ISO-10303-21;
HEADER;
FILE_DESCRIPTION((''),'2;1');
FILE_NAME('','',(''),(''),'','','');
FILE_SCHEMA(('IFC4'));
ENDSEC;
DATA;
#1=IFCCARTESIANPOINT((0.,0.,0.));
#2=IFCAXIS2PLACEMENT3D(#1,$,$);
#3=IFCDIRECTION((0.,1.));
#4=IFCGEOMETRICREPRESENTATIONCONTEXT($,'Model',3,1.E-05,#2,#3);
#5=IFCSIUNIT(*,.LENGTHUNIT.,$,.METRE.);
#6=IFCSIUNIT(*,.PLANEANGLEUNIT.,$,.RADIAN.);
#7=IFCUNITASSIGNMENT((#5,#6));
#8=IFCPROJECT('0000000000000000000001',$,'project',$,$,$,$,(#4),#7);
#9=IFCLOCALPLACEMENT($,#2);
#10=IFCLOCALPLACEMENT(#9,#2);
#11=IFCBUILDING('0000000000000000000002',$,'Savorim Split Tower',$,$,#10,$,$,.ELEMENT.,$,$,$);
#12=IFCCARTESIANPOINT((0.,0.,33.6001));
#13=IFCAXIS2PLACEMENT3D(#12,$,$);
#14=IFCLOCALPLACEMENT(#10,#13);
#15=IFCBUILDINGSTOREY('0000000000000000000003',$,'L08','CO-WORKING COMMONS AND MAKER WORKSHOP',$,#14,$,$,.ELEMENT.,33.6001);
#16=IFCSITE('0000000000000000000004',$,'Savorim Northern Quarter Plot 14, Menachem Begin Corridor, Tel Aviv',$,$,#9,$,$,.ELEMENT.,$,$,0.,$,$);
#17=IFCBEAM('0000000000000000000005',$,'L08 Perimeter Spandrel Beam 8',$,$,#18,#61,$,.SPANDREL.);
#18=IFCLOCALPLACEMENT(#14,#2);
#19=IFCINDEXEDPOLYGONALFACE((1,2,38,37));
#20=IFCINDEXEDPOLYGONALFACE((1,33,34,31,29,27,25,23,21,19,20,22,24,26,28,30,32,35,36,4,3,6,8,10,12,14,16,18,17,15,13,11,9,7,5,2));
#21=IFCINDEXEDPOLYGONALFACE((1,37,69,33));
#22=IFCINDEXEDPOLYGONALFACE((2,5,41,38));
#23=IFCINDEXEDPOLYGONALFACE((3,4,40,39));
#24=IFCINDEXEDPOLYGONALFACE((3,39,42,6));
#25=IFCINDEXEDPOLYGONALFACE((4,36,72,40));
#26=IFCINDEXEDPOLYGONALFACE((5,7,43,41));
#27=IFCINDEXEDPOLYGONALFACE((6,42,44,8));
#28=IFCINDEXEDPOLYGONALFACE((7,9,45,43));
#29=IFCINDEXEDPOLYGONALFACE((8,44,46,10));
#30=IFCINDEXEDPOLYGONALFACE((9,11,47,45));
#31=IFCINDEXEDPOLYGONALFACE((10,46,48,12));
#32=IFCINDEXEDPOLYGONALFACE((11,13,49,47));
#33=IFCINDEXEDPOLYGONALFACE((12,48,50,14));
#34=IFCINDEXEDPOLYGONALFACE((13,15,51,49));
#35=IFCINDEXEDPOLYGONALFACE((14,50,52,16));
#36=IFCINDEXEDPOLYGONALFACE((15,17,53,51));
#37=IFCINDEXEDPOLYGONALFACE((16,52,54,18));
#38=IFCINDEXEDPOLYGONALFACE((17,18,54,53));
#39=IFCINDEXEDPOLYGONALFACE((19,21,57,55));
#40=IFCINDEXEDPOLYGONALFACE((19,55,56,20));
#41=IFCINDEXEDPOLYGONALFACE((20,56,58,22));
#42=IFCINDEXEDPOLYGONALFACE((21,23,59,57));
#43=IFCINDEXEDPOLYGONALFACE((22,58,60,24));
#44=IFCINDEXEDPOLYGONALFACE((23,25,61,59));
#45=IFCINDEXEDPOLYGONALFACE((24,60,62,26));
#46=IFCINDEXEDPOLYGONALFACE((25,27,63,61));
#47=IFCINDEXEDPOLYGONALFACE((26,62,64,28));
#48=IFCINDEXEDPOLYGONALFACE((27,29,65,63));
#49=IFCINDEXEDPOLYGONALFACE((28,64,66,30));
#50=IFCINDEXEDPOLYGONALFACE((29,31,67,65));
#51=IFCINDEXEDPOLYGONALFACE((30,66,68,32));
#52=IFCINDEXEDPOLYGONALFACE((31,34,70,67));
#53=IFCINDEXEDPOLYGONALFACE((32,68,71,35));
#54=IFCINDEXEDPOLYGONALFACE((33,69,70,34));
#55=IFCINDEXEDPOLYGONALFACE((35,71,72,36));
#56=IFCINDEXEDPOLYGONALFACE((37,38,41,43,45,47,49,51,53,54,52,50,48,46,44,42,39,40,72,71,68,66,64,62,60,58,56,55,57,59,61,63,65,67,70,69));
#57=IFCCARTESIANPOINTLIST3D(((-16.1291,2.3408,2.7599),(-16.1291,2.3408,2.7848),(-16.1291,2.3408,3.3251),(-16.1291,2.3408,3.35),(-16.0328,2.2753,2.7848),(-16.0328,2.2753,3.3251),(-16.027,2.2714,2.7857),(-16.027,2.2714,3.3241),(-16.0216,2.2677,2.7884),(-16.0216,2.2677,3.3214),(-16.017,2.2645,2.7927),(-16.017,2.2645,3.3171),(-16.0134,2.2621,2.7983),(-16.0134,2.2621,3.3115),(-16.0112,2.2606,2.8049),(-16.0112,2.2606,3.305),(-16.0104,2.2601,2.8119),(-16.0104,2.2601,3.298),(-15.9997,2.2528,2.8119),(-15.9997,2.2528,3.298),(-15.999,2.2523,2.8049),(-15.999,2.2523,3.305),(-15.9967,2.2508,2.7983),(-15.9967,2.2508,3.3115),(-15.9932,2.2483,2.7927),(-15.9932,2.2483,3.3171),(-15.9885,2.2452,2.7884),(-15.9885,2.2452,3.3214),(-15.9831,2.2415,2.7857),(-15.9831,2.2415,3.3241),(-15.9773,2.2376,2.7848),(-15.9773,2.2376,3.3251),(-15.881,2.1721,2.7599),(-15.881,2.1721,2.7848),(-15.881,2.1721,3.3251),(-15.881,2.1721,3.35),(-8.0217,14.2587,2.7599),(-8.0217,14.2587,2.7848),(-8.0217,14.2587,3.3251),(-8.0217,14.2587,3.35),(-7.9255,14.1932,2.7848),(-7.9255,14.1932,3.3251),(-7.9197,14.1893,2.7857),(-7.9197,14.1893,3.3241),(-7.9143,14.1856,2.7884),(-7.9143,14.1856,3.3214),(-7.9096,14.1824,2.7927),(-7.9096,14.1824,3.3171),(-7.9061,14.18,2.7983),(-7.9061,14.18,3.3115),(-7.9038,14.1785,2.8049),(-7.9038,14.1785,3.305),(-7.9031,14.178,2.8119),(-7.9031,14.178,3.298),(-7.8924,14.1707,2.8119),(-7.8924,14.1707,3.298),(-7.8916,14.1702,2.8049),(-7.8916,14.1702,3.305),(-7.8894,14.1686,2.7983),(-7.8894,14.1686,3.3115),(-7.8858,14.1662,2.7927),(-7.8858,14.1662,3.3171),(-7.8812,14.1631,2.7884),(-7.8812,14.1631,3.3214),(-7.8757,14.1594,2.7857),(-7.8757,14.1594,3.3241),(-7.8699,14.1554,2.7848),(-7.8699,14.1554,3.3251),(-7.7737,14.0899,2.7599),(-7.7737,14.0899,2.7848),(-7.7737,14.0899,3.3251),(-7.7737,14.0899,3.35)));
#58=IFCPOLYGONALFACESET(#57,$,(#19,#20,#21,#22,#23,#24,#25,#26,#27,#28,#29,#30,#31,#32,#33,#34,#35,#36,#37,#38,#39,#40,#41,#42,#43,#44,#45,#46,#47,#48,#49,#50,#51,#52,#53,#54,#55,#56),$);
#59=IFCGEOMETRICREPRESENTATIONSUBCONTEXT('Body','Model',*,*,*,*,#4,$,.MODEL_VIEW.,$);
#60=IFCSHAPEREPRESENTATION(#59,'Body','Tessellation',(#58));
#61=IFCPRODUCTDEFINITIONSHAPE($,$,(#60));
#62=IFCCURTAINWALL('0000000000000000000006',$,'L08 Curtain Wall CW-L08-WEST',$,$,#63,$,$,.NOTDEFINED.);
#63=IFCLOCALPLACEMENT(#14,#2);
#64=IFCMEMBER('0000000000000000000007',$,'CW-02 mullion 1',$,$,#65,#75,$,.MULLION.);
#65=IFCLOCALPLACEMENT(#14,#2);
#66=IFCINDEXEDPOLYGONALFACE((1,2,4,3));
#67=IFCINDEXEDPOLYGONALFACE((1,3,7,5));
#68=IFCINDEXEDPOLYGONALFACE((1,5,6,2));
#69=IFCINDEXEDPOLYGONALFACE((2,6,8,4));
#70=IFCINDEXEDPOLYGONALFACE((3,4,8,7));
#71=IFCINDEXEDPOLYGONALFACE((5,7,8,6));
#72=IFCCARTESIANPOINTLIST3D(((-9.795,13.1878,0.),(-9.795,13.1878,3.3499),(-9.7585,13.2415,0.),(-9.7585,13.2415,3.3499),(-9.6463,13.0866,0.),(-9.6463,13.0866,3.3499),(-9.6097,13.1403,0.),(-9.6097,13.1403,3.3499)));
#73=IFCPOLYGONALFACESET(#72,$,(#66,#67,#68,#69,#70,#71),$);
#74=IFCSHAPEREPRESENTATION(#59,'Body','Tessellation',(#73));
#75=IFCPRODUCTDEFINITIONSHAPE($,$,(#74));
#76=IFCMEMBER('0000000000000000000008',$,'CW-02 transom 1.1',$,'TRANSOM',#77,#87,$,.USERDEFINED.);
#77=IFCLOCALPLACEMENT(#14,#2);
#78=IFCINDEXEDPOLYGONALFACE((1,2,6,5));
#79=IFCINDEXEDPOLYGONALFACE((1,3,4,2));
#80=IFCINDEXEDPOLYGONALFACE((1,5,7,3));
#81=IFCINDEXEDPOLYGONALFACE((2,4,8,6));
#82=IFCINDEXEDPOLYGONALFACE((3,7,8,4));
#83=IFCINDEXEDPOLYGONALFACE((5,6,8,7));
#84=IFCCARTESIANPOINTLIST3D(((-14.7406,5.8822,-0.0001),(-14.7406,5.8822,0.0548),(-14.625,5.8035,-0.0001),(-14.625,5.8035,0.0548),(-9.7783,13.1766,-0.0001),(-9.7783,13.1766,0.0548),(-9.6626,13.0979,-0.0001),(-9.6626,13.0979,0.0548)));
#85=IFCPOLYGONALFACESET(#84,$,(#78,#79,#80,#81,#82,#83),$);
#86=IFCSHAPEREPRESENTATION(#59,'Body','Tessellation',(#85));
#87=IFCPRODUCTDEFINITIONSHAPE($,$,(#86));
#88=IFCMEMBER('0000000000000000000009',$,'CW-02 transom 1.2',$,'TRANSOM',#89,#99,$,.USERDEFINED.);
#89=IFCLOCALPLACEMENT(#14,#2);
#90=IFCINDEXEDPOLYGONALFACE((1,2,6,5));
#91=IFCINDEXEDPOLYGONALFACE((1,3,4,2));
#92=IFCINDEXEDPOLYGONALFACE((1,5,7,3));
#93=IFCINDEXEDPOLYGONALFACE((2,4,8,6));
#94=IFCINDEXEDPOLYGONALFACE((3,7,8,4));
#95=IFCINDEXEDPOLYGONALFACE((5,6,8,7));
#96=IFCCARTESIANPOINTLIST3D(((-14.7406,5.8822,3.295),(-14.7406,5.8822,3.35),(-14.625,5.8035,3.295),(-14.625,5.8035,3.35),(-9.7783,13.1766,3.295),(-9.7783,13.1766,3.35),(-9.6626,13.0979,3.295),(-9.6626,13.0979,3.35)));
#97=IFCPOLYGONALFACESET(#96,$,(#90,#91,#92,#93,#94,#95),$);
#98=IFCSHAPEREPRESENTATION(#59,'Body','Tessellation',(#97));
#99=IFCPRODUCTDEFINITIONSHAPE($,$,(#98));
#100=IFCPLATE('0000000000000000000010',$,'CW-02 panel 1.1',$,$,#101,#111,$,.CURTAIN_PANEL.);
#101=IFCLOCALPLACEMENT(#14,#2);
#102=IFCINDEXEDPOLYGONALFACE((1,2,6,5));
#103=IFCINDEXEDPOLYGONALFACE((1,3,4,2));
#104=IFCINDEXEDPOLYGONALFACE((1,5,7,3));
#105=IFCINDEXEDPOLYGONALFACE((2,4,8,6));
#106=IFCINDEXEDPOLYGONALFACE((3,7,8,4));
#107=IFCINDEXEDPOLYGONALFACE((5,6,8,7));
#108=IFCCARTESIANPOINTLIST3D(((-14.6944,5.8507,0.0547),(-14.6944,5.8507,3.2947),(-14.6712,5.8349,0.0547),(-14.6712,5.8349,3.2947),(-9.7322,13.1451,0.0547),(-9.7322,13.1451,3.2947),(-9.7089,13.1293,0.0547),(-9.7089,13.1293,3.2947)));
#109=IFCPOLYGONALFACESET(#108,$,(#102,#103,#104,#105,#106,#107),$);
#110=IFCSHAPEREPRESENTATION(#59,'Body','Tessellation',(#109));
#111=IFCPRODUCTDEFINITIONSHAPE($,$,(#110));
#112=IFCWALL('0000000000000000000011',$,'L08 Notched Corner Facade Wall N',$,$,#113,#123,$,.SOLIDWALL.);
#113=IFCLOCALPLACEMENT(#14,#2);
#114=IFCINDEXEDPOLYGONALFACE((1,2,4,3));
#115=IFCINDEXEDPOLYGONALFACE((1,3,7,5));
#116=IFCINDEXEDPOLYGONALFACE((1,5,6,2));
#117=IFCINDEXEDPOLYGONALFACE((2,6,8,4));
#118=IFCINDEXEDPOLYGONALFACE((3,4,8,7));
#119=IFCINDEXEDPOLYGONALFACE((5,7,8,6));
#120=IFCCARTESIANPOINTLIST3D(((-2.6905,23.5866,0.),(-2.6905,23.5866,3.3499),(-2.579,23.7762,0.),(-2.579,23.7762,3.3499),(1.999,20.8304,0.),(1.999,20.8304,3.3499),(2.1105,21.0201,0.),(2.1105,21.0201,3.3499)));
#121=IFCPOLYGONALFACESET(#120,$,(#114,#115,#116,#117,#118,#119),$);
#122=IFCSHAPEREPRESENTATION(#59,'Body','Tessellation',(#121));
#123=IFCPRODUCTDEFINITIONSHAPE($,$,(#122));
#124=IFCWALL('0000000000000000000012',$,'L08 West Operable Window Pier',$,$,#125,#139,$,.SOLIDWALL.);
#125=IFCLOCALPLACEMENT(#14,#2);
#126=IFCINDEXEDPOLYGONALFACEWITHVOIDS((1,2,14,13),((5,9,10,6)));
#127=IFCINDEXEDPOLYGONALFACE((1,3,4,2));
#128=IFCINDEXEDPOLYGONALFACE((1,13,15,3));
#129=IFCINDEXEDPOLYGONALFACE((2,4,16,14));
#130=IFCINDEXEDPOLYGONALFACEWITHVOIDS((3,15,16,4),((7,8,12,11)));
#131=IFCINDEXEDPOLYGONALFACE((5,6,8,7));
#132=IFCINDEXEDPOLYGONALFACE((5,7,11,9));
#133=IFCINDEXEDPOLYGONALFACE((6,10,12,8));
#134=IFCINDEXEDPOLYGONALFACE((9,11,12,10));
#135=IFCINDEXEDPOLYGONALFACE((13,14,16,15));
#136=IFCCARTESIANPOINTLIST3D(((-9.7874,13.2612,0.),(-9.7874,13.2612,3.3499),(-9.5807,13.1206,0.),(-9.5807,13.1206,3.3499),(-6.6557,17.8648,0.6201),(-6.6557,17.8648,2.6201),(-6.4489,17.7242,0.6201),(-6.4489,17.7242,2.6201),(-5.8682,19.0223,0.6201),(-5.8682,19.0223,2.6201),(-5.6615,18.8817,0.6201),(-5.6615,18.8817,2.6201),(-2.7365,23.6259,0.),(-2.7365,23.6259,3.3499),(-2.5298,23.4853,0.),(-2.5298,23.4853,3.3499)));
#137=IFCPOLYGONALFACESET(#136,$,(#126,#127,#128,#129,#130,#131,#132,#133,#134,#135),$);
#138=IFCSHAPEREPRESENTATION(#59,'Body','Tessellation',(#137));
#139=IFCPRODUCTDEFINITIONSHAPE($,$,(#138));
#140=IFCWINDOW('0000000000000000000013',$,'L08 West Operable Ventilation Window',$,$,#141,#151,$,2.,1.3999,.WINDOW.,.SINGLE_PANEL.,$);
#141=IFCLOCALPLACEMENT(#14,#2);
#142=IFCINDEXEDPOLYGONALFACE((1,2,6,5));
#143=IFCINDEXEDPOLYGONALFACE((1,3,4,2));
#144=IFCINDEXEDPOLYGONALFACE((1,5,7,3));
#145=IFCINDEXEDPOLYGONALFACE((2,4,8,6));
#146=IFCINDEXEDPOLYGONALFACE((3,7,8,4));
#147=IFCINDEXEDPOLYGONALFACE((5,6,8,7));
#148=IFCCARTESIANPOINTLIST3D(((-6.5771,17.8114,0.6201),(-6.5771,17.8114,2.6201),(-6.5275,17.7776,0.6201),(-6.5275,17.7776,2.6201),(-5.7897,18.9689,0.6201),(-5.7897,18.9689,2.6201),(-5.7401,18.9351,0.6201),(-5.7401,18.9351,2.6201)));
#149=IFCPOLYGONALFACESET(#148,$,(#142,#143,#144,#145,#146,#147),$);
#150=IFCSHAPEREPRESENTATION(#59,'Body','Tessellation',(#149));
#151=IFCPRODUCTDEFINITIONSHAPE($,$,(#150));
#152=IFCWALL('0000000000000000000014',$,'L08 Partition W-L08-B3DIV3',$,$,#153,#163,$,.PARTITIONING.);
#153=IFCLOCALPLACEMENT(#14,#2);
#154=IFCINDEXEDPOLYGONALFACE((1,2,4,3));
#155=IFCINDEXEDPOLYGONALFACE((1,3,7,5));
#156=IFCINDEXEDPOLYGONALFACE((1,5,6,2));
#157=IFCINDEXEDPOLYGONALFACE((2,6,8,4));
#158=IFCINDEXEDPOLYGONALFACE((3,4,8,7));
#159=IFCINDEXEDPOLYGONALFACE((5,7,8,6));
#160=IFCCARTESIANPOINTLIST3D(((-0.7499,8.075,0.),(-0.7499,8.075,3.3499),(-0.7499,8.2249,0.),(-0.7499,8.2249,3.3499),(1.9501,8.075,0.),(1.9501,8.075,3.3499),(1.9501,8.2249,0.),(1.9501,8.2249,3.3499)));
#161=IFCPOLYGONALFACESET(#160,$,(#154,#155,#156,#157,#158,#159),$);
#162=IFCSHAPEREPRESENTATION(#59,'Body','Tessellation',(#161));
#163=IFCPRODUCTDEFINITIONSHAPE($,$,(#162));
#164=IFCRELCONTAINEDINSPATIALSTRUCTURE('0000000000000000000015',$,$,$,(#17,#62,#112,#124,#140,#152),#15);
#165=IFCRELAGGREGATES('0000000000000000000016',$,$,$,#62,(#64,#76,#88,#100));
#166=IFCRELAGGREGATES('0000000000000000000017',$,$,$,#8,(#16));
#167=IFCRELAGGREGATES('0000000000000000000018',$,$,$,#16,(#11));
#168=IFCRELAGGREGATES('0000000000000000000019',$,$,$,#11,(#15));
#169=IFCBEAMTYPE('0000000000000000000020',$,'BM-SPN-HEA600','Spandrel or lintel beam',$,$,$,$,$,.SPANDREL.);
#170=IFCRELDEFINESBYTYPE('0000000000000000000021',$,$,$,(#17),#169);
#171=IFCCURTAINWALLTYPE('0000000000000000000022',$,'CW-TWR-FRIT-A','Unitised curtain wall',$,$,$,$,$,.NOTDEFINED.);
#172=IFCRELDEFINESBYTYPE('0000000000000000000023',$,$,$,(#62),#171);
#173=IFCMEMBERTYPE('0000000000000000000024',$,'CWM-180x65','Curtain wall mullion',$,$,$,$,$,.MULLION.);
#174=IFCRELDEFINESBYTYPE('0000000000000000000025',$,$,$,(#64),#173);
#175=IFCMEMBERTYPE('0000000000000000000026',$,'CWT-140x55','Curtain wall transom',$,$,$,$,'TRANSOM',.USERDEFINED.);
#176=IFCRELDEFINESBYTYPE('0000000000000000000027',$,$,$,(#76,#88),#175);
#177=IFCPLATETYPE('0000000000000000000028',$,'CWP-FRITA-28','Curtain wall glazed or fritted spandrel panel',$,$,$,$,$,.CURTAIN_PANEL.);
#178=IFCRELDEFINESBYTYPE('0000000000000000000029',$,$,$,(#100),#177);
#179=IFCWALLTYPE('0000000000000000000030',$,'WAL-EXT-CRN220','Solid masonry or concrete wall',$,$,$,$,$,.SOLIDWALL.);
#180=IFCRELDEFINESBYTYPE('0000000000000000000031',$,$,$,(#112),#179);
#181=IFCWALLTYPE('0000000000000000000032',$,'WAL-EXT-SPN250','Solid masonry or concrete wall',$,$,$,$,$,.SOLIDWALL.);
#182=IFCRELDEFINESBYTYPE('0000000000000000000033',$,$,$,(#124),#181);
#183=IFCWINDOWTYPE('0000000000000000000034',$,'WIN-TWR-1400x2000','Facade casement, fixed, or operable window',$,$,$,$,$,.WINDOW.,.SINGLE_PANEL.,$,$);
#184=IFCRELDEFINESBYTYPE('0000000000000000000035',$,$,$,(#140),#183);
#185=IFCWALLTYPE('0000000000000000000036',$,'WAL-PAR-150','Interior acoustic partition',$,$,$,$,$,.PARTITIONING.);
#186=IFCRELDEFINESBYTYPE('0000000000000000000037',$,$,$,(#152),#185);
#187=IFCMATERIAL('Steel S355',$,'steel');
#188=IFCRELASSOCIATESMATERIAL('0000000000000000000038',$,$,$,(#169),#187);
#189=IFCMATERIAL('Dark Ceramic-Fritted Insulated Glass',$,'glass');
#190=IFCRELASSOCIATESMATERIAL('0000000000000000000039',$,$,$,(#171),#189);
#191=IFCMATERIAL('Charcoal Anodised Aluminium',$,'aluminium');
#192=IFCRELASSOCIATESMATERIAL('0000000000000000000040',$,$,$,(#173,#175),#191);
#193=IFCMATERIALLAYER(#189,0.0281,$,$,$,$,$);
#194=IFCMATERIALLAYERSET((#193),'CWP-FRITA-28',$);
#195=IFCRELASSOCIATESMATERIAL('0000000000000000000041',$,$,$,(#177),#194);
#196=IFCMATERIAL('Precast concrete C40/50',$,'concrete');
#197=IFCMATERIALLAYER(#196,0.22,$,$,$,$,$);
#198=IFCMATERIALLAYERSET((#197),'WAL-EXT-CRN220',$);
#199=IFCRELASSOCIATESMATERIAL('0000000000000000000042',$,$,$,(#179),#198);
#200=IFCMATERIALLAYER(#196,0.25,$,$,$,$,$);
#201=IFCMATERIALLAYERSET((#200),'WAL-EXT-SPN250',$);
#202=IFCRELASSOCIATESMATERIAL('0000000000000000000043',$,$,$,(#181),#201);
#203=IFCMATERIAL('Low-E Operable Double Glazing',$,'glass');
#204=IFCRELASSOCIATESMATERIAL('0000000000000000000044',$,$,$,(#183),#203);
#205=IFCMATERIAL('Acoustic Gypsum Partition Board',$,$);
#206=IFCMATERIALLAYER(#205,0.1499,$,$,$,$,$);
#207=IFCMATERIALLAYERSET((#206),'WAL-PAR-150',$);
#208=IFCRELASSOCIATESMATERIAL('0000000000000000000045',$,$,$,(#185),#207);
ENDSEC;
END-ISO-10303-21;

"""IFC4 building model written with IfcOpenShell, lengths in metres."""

from ifc_helpers import new_model, si_unit, direction, frame, frame_2d, origin, origin_2d, place, context, subcontext, project, spatial, rectangle, i_section, extrude, material, layer, layer_set, material_profile, profile_set, type_object, element, fill, aggregate, save


model = new_model("IFC4")

# Units and contexts
model_context = context("Model", 3, precision=1e-05, world=origin(), true_north=direction((0.0, 1.0)))
body_context = subcontext(model_context, "Body", "Model", "MODEL_VIEW")
ifc_project = project(units=[si_unit("LENGTHUNIT", "METRE"), si_unit("PLANEANGLEUNIT", "RADIAN")], contexts=[model_context])

# Site, building, storey
site_placement = place(None, origin())
site = spatial("IfcSite", under=ifc_project, at=site_placement, Name="Savorim Northern Quarter Plot 14, Menachem Begin Corridor, Tel Aviv", CompositionType="ELEMENT", RefElevation=0.0)
building_placement = place(site_placement, origin())
building = spatial("IfcBuilding", under=site, at=building_placement, Name="Savorim Split Tower", CompositionType="ELEMENT")
storey_placement = place(building_placement, frame((0.0, 0.0, 33.6001)))
storey = spatial("IfcBuildingStorey", under=building, at=storey_placement, Name="L08", Description="CO-WORKING COMMONS AND MAKER WORKSHOP", CompositionType="ELEMENT", Elevation=33.6001)

# Beam
ifc_material_1 = material(Name="Steel S355", Category="steel")
ifc_material_profile_1 = material_profile(ifc_material_1, i_section(OverallWidth=0.3, OverallDepth=0.5901, WebThickness=0.0129, FlangeThickness=0.0249, FilletRadius=0.0271, at=origin_2d()), Name="HEA 600")
ifc_profile_set_1 = profile_set([ifc_material_profile_1], Name="Steel S355")
beam_type_1 = type_object("IfcBeamType", Name="BM-SPN-HEA600", Description="Spandrel or lintel beam", PredefinedType="SPANDREL", material=ifc_profile_set_1)
beam_1_placement = place(storey_placement, frame((-7.8977, 14.1743, 3.0549), z_axis=(-0.562462, -0.826823, 0.0), x_axis=(0.826823, -0.562462, 0.0)))
element("IfcBeam", 1, at=beam_1_placement, inside=storey, type_object=beam_type_1, Name="L08 Perimeter Spandrel Beam 8", PredefinedType="SPANDREL", context=body_context, shape_type="SweptSolid", body=[
    extrude(i_section(OverallWidth=0.3, OverallDepth=0.5901, WebThickness=0.0129, FlangeThickness=0.0249, FilletRadius=0.0271, at=origin_2d()), origin(), (0.0, 0.0, 1.0), 14.4141),
])

# Curtain wall, members, plate
ifc_material_2 = material(Name="Dark Ceramic-Fritted Insulated Glass", Category="glass")
curtain_wall_type = type_object("IfcCurtainWallType", Name="CW-TWR-FRIT-A", Description="Unitised curtain wall", PredefinedType="NOTDEFINED", material=ifc_material_2)
curtain_wall_placement = place(storey_placement, origin())
curtain_wall = element("IfcCurtainWall", 2, at=curtain_wall_placement, inside=storey, type_object=curtain_wall_type, Name="L08 Curtain Wall CW-L08-WEST", PredefinedType="NOTDEFINED")
ifc_material_3 = material(Name="Charcoal Anodised Aluminium", Category="aluminium")
ifc_material_profile_2 = material_profile(ifc_material_3, rectangle(XDim=0.1799, YDim=0.0649, at=origin_2d()), Name="ALU-M 180x65")
ifc_profile_set_2 = profile_set([ifc_material_profile_2], Name="Charcoal Anodised Aluminium")
member_type_1 = type_object("IfcMemberType", Name="CWM-180x65", Description="Curtain wall mullion", PredefinedType="MULLION", material=ifc_profile_set_2)
member_1_placement = place(storey_placement, frame((-9.7024, 13.1641, 0.0), z_axis=(0.0, 0.0, 1.0), x_axis=(0.826821, -0.562465, 0.0)))
member_1 = element("IfcMember", 3, at=member_1_placement, type_object=member_type_1, Name="CW-02 mullion 1", PredefinedType="MULLION", context=body_context, shape_type="SweptSolid", body=[
    extrude(rectangle(XDim=0.1799, YDim=0.0649, at=origin_2d()), origin(), (0.0, 0.0, 1.0), 3.3499),
])
ifc_material_profile_3 = material_profile(ifc_material_3, rectangle(XDim=0.1399, YDim=0.0549, at=origin_2d()), Name="ALU-T 140x55")
ifc_profile_set_3 = profile_set([ifc_material_profile_3], Name="Charcoal Anodised Aluminium")
member_type_2 = type_object("IfcMemberType", Name="CWT-140x55", Description="Curtain wall transom", ElementType="TRANSOM", PredefinedType="USERDEFINED", material=ifc_profile_set_3)
member_2_placement = place(storey_placement, frame((-9.7205, 13.1372, 0.0273), z_axis=(-0.56248, -0.826811, 0.0), x_axis=(0.826811, -0.56248, 0.0)))
member_2 = element("IfcMember", 4, at=member_2_placement, type_object=member_type_2, Name="CW-02 transom 1.1", ObjectType="TRANSOM", PredefinedType="USERDEFINED", context=body_context, shape_type="SweptSolid", body=[
    extrude(rectangle(XDim=0.1399, YDim=0.0549, at=origin_2d()), origin(), (0.0, 0.0, 1.0), 8.8223),
])
member_3_placement = place(storey_placement, frame((-9.7205, 13.1372, 3.3225), z_axis=(-0.56248, -0.826811, 0.0), x_axis=(0.826811, -0.56248, 0.0)))
member_3 = element("IfcMember", 5, at=member_3_placement, type_object=member_type_2, Name="CW-02 transom 1.2", ObjectType="TRANSOM", PredefinedType="USERDEFINED", context=body_context, shape_type="SweptSolid", body=[
    extrude(rectangle(XDim=0.1399, YDim=0.0549, at=origin_2d()), origin(), (0.0, 0.0, 1.0), 8.8223),
])
ifc_layer_1 = layer(ifc_material_2, 0.0281)
ifc_layer_set_1 = layer_set([ifc_layer_1], Name="CWP-FRITA-28")
plate_type = type_object("IfcPlateType", Name="CWP-FRITA-28", Description="Curtain wall glazed or fritted spandrel panel", PredefinedType="CURTAIN_PANEL", material=ifc_layer_set_1)
plate_placement = place(storey_placement, frame((-12.2017, 9.49, 0.0547), z_axis=(0.0, 0.0, 1.0), x_axis=(-0.562465, -0.826821, 0.0)))
plate = element("IfcPlate", 6, at=plate_placement, type_object=plate_type, Name="CW-02 panel 1.1", PredefinedType="CURTAIN_PANEL", context=body_context, shape_type="SweptSolid", body=[
    extrude(rectangle(XDim=8.8223, YDim=0.0281, at=origin_2d()), origin(), (0.0, 0.0, 1.0), 3.24),
])
aggregate(curtain_wall, [member_1, member_2, member_3, plate])

# Wall
ifc_material_4 = material(Name="Precast concrete C40/50", Category="concrete")
ifc_layer_2 = layer(ifc_material_4, 0.22)
ifc_layer_set_2 = layer_set([ifc_layer_2], Name="WAL-EXT-CRN220")
wall_type_1 = type_object("IfcWallType", Name="WAL-EXT-CRN220", Description="Solid masonry or concrete wall", PredefinedType="SOLIDWALL", material=ifc_layer_set_2)
wall_1_placement = place(storey_placement, frame((-2.6348, 23.6814, 0.0), z_axis=(0.0, 0.0, 1.0), x_axis=(0.862127, -0.506693, 0.0)))
element("IfcWall", 7, at=wall_1_placement, inside=storey, type_object=wall_type_1, Name="L08 Notched Corner Facade Wall N", PredefinedType="SOLIDWALL", context=body_context, shape_type="SweptSolid", body=[
    extrude(rectangle(XDim=5.4395, YDim=0.22, at=frame_2d((2.7197, 0.0))), origin(), (0.0, 0.0, 1.0), 3.3499),
])

# Wall, opening, window
ifc_layer_3 = layer(ifc_material_4, 0.25)
ifc_layer_set_3 = layer_set([ifc_layer_3], Name="WAL-EXT-SPN250")
wall_type_2 = type_object("IfcWallType", Name="WAL-EXT-SPN250", Description="Solid masonry or concrete wall", PredefinedType="SOLIDWALL", material=ifc_layer_set_3)
wall_2_placement = place(storey_placement, frame((-9.6841, 13.1909, 0.0), z_axis=(0.0, 0.0, 1.0), x_axis=(0.562474, 0.826815, 0.0)))
wall_2 = element("IfcWall", 8, at=wall_2_placement, inside=storey, type_object=wall_type_2, Name="L08 West Operable Window Pier", PredefinedType="SOLIDWALL", context=body_context, shape_type="SweptSolid", body=[
    extrude(rectangle(XDim=12.5356, YDim=0.25, at=frame_2d((6.2678, 0.0))), origin(), (0.0, 0.0, 1.0), 3.3499),
])
opening_1_placement = place(wall_2_placement, frame((5.5679, 0.0, 0.6201)))
opening_1 = element("IfcOpeningElement", 9, at=opening_1_placement, cuts=wall_2, PredefinedType="OPENING", context=body_context, shape_type="SweptSolid", body=[
    extrude(rectangle(XDim=1.3999, YDim=2.0, at=frame_2d((0.7, 1.0))), frame((0.0, 0.135, 0.0), z_axis=(0.0, -1.0, 0.0), x_axis=(1.0, 0.0, 0.0)), (0.0, 0.0, 1.0), 0.27),
])
ifc_material_5 = material(Name="Low-E Operable Double Glazing", Category="glass")
window_type = type_object("IfcWindowType", Name="WIN-TWR-1400x2000", Description="Facade casement, fixed, or operable window", PartitioningType="SINGLE_PANEL", PredefinedType="WINDOW", material=ifc_material_5)
window_placement = place(opening_1_placement, origin())
window = element("IfcWindow", 10, at=window_placement, inside=storey, type_object=window_type, Name="L08 West Operable Ventilation Window", OverallHeight=2.0, OverallWidth=1.3999, PartitioningType="SINGLE_PANEL", PredefinedType="WINDOW", context=body_context, shape_type="SweptSolid", body=[
    extrude(rectangle(XDim=1.3999, YDim=2.0, at=frame_2d((0.7, 1.0))), frame((0.0, 0.03, 0.0), z_axis=(0.0, -1.0, 0.0), x_axis=(1.0, 0.0, 0.0)), (0.0, 0.0, 1.0), 0.0601),
])
fill(opening_1, window)

# Wall
ifc_material_6 = material(Name="Acoustic Gypsum Partition Board")
ifc_layer_4 = layer(ifc_material_6, 0.1499)
ifc_layer_set_4 = layer_set([ifc_layer_4], Name="WAL-PAR-150")
wall_type_3 = type_object("IfcWallType", Name="WAL-PAR-150", Description="Interior acoustic partition", PredefinedType="PARTITIONING", material=ifc_layer_set_4)
wall_3_placement = place(storey_placement, frame((-0.75, 8.1499, 0.0), z_axis=(0.0, 0.0, 1.0), x_axis=(1.0, 0.0, 0.0)))
element("IfcWall", 11, at=wall_3_placement, inside=storey, type_object=wall_type_3, Name="L08 Partition W-L08-B3DIV3", PredefinedType="PARTITIONING", context=body_context, shape_type="SweptSolid", body=[
    extrude(rectangle(XDim=2.7, YDim=0.1499, at=frame_2d((1.3501, 0.0))), origin(), (0.0, 0.0, 1.0), 3.3499),
])

save(model, "model.ifc")
